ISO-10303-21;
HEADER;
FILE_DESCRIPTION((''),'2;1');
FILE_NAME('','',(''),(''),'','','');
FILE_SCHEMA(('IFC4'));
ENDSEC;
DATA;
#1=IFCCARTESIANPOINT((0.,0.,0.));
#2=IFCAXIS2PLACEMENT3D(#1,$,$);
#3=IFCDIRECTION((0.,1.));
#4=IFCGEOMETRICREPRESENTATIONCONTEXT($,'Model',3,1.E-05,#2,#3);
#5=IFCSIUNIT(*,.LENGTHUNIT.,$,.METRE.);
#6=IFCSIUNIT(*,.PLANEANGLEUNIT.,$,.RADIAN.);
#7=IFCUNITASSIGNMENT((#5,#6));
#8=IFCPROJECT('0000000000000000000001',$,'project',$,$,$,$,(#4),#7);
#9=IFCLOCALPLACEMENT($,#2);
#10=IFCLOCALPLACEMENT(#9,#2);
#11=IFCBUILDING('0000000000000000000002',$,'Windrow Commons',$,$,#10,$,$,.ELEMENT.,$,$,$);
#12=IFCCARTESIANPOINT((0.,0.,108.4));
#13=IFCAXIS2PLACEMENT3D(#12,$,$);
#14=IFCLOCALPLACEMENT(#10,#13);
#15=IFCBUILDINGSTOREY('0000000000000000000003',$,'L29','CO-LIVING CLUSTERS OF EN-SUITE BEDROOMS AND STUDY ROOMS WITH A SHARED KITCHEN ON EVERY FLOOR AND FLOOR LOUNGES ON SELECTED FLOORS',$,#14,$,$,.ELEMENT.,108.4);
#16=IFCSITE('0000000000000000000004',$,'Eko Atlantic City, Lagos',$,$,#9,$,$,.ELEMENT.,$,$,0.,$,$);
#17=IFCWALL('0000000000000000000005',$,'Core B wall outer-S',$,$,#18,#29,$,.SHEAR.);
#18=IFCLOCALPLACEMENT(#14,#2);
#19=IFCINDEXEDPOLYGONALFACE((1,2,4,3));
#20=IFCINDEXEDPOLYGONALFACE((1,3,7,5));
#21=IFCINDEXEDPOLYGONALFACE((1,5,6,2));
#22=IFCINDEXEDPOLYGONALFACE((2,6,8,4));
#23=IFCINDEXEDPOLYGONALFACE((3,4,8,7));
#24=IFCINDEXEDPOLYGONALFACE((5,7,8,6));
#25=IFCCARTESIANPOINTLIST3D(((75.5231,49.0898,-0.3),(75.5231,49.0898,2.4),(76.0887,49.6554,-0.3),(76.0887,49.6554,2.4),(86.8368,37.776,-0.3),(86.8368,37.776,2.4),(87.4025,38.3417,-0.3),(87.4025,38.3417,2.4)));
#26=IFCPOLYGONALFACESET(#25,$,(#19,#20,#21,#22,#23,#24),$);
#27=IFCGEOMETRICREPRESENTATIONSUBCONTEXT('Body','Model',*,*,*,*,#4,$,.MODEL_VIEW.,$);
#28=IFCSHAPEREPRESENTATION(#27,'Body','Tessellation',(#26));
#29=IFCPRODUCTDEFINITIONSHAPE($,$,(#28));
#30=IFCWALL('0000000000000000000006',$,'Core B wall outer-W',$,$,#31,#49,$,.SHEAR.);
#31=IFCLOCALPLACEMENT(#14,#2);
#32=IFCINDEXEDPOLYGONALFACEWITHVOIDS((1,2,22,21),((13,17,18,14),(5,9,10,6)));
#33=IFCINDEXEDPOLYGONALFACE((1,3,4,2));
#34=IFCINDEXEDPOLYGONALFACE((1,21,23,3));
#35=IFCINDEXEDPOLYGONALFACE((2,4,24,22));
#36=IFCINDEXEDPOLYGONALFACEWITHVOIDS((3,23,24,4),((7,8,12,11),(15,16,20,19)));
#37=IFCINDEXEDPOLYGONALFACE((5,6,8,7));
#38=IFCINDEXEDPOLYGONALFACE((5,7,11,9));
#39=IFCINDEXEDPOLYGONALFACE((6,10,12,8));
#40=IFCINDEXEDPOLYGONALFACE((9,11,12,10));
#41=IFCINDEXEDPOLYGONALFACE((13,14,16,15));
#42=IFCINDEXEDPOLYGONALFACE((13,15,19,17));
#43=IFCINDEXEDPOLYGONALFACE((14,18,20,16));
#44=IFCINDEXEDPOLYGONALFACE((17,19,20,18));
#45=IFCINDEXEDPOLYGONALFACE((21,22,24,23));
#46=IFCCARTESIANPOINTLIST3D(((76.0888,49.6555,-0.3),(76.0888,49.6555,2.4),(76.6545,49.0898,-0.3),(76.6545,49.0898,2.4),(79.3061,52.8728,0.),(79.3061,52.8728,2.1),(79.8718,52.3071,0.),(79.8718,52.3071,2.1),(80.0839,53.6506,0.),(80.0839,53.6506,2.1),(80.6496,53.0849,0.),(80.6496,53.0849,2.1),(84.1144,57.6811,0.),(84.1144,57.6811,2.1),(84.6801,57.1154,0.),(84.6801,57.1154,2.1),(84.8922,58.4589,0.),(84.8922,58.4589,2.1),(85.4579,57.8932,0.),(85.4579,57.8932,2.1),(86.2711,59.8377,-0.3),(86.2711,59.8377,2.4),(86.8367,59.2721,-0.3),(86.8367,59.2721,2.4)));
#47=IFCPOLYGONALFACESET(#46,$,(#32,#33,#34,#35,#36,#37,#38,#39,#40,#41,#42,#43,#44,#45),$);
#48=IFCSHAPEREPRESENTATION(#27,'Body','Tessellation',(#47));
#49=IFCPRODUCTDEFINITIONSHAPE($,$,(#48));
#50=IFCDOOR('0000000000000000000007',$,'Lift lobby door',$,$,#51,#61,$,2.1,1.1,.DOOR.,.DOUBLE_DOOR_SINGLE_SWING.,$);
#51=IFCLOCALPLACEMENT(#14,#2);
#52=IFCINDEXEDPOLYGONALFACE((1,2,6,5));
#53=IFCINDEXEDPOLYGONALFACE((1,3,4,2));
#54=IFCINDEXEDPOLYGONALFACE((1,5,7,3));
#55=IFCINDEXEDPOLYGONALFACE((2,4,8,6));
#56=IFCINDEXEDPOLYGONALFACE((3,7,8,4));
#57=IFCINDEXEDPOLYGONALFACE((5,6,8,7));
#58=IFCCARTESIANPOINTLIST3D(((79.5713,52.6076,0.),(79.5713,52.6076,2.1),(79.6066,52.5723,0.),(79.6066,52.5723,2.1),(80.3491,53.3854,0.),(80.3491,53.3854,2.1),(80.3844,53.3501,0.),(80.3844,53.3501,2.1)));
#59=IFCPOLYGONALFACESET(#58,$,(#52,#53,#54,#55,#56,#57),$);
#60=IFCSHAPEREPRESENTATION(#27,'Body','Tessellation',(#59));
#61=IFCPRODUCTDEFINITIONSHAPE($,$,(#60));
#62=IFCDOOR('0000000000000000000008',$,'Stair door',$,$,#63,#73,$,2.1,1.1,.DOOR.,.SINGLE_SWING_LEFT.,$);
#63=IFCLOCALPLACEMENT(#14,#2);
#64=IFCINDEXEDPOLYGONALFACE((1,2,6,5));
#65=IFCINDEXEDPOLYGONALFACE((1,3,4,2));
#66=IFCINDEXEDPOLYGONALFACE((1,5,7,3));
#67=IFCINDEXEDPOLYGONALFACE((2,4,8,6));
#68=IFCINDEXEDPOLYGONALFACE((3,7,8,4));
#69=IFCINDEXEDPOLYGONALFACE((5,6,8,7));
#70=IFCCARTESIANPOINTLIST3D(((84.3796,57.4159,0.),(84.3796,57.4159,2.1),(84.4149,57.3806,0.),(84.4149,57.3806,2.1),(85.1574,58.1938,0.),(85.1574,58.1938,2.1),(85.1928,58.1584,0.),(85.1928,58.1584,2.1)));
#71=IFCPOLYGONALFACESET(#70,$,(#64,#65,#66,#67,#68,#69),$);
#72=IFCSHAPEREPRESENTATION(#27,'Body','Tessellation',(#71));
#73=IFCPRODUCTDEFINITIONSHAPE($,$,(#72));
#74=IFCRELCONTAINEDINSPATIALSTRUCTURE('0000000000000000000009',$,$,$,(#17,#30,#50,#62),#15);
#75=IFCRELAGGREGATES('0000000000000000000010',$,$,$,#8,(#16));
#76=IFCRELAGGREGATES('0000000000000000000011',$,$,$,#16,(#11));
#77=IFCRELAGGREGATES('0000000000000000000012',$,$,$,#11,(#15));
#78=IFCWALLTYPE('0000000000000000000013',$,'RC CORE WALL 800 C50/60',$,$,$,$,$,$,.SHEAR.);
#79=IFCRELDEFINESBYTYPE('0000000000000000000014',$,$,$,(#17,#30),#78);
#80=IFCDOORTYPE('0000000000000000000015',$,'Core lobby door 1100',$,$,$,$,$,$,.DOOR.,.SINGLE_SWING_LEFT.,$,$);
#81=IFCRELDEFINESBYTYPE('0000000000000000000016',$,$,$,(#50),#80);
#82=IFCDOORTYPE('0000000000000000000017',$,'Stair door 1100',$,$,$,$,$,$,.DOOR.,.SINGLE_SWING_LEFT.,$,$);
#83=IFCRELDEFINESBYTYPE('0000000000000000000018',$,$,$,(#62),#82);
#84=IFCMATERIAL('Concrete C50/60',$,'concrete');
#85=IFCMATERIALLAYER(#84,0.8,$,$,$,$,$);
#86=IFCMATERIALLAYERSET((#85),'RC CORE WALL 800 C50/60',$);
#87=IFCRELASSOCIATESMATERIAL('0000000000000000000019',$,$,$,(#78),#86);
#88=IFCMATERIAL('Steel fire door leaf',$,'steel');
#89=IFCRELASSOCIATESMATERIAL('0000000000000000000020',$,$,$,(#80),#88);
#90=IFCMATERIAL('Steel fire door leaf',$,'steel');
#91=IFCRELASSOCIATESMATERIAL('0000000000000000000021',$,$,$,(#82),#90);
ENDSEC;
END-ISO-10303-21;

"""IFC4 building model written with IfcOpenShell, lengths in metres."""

from ifc_helpers import new_model, si_unit, direction, frame, frame_2d, origin, place, context, subcontext, project, spatial, rectangle, extrude, material, layer, layer_set, type_object, element, fill, save


model = new_model("IFC4")

# Units and contexts
model_context = context("Model", 3, precision=1e-05, world=origin(), true_north=direction((0.0, 1.0)))
body_context = subcontext(model_context, "Body", "Model", "MODEL_VIEW")
ifc_project = project(units=[si_unit("LENGTHUNIT", "METRE"), si_unit("PLANEANGLEUNIT", "RADIAN")], contexts=[model_context])

# Site, building, storey
site_placement = place(None, origin())
site = spatial("IfcSite", under=ifc_project, at=site_placement, Name="Eko Atlantic City, Lagos", CompositionType="ELEMENT", RefElevation=0.0)
building_placement = place(site_placement, origin())
building = spatial("IfcBuilding", under=site, at=building_placement, Name="Windrow Commons", CompositionType="ELEMENT")
storey_placement = place(building_placement, frame((0.0, 0.0, 108.4)))
storey = spatial("IfcBuildingStorey", under=building, at=storey_placement, Name="L29", Description="CO-LIVING CLUSTERS OF EN-SUITE BEDROOMS AND STUDY ROOMS WITH A SHARED KITCHEN ON EVERY FLOOR AND FLOOR LOUNGES ON SELECTED FLOORS", CompositionType="ELEMENT", Elevation=108.4)

# Shared definitions
ifc_material_1 = material(Name="Concrete C50/60", Category="concrete")
ifc_layer_1 = layer(ifc_material_1, 0.8)
ifc_layer_set_1 = layer_set([ifc_layer_1], Name="RC CORE WALL 800 C50/60")
wall_type_1 = type_object("IfcWallType", Name="RC CORE WALL 800 C50/60", PredefinedType="SHEAR", material=ifc_layer_set_1)
ifc_material_2 = material(Name="Steel fire door leaf", Category="steel")
door_type_1 = type_object("IfcDoorType", Name="Core lobby door 1100", OperationType="SINGLE_SWING_LEFT", PredefinedType="DOOR", material=ifc_material_2)
ifc_material_3 = material(Name="Steel fire door leaf", Category="steel")
door_type_2 = type_object("IfcDoorType", Name="Stair door 1100", OperationType="SINGLE_SWING_LEFT", PredefinedType="DOOR", material=ifc_material_3)

# Wall
wall_1_placement = place(storey_placement, frame((75.8059, 49.3726, -0.3), z_axis=(0.0, 0.0, 1.0), x_axis=(0.707107, -0.707107, 0.0)))
element("IfcWall", 1, at=wall_1_placement, inside=storey, type_object=wall_type_1, Name="Core B wall outer-S", PredefinedType="SHEAR", context=body_context, shape_type="SweptSolid", body=[
    extrude(rectangle(XDim=16.0, YDim=0.8, at=frame_2d((8.0, 0.0))), origin(), (0.0, 0.0, 1.0), 2.7),
])

# Wall, openings, doors
wall_2_placement = place(storey_placement, frame((76.3716, 49.3726, -0.3), z_axis=(0.0, 0.0, 1.0), x_axis=(0.707107, 0.707107, 0.0)))
wall_2 = element("IfcWall", 2, at=wall_2_placement, inside=storey, type_object=wall_type_1, Name="Core B wall outer-W", PredefinedType="SHEAR", context=body_context, shape_type="SweptSolid", body=[
    extrude(rectangle(XDim=14.3999, YDim=0.8, at=frame_2d((7.2, 0.0))), origin(), (0.0, 0.0, 1.0), 2.7),
])
opening_1_placement = place(wall_2_placement, frame((4.55, 0.0, 0.3)))
opening_1 = element("IfcOpeningElement", 3, at=opening_1_placement, cuts=wall_2, PredefinedType="OPENING", context=body_context, shape_type="SweptSolid", body=[
    extrude(rectangle(XDim=1.1, YDim=2.1, at=frame_2d((0.55, 1.05))), frame((0.0, 0.41, 0.0), z_axis=(0.0, -1.0, 0.0), x_axis=(1.0, 0.0, 0.0)), (0.0, 0.0, 1.0), 0.82),
])
opening_2_placement = place(wall_2_placement, frame((11.35, 0.0, 0.3)))
opening_2 = element("IfcOpeningElement", 4, at=opening_2_placement, cuts=wall_2, PredefinedType="OPENING", context=body_context, shape_type="SweptSolid", body=[
    extrude(rectangle(XDim=1.1, YDim=2.1, at=frame_2d((0.55, 1.05))), frame((0.0, 0.41, 0.0), z_axis=(0.0, -1.0, 0.0), x_axis=(1.0, 0.0, 0.0)), (0.0, 0.0, 1.0), 0.82),
])
door_1_placement = place(opening_1_placement, origin())
door_1 = element("IfcDoor", 5, at=door_1_placement, inside=storey, type_object=door_type_1, Name="Lift lobby door", OperationType="DOUBLE_DOOR_SINGLE_SWING", OverallHeight=2.1, OverallWidth=1.1, PredefinedType="DOOR", context=body_context, shape_type="SweptSolid", body=[
    extrude(rectangle(XDim=1.1, YDim=2.1, at=frame_2d((0.55, 1.05))), frame((0.0, 0.025, 0.0), z_axis=(0.0, -1.0, 0.0), x_axis=(1.0, 0.0, 0.0)), (0.0, 0.0, 1.0), 0.05),
])
fill(opening_1, door_1)
door_2_placement = place(opening_2_placement, origin())
door_2 = element("IfcDoor", 6, at=door_2_placement, inside=storey, type_object=door_type_2, Name="Stair door", OperationType="SINGLE_SWING_LEFT", OverallHeight=2.1, OverallWidth=1.1, PredefinedType="DOOR", context=body_context, shape_type="SweptSolid", body=[
    extrude(rectangle(XDim=1.1, YDim=2.1, at=frame_2d((0.55, 1.05))), frame((0.0, 0.025, 0.0), z_axis=(0.0, -1.0, 0.0), x_axis=(1.0, 0.0, 0.0)), (0.0, 0.0, 1.0), 0.05),
])
fill(opening_2, door_2)

save(model, "model.ifc")
